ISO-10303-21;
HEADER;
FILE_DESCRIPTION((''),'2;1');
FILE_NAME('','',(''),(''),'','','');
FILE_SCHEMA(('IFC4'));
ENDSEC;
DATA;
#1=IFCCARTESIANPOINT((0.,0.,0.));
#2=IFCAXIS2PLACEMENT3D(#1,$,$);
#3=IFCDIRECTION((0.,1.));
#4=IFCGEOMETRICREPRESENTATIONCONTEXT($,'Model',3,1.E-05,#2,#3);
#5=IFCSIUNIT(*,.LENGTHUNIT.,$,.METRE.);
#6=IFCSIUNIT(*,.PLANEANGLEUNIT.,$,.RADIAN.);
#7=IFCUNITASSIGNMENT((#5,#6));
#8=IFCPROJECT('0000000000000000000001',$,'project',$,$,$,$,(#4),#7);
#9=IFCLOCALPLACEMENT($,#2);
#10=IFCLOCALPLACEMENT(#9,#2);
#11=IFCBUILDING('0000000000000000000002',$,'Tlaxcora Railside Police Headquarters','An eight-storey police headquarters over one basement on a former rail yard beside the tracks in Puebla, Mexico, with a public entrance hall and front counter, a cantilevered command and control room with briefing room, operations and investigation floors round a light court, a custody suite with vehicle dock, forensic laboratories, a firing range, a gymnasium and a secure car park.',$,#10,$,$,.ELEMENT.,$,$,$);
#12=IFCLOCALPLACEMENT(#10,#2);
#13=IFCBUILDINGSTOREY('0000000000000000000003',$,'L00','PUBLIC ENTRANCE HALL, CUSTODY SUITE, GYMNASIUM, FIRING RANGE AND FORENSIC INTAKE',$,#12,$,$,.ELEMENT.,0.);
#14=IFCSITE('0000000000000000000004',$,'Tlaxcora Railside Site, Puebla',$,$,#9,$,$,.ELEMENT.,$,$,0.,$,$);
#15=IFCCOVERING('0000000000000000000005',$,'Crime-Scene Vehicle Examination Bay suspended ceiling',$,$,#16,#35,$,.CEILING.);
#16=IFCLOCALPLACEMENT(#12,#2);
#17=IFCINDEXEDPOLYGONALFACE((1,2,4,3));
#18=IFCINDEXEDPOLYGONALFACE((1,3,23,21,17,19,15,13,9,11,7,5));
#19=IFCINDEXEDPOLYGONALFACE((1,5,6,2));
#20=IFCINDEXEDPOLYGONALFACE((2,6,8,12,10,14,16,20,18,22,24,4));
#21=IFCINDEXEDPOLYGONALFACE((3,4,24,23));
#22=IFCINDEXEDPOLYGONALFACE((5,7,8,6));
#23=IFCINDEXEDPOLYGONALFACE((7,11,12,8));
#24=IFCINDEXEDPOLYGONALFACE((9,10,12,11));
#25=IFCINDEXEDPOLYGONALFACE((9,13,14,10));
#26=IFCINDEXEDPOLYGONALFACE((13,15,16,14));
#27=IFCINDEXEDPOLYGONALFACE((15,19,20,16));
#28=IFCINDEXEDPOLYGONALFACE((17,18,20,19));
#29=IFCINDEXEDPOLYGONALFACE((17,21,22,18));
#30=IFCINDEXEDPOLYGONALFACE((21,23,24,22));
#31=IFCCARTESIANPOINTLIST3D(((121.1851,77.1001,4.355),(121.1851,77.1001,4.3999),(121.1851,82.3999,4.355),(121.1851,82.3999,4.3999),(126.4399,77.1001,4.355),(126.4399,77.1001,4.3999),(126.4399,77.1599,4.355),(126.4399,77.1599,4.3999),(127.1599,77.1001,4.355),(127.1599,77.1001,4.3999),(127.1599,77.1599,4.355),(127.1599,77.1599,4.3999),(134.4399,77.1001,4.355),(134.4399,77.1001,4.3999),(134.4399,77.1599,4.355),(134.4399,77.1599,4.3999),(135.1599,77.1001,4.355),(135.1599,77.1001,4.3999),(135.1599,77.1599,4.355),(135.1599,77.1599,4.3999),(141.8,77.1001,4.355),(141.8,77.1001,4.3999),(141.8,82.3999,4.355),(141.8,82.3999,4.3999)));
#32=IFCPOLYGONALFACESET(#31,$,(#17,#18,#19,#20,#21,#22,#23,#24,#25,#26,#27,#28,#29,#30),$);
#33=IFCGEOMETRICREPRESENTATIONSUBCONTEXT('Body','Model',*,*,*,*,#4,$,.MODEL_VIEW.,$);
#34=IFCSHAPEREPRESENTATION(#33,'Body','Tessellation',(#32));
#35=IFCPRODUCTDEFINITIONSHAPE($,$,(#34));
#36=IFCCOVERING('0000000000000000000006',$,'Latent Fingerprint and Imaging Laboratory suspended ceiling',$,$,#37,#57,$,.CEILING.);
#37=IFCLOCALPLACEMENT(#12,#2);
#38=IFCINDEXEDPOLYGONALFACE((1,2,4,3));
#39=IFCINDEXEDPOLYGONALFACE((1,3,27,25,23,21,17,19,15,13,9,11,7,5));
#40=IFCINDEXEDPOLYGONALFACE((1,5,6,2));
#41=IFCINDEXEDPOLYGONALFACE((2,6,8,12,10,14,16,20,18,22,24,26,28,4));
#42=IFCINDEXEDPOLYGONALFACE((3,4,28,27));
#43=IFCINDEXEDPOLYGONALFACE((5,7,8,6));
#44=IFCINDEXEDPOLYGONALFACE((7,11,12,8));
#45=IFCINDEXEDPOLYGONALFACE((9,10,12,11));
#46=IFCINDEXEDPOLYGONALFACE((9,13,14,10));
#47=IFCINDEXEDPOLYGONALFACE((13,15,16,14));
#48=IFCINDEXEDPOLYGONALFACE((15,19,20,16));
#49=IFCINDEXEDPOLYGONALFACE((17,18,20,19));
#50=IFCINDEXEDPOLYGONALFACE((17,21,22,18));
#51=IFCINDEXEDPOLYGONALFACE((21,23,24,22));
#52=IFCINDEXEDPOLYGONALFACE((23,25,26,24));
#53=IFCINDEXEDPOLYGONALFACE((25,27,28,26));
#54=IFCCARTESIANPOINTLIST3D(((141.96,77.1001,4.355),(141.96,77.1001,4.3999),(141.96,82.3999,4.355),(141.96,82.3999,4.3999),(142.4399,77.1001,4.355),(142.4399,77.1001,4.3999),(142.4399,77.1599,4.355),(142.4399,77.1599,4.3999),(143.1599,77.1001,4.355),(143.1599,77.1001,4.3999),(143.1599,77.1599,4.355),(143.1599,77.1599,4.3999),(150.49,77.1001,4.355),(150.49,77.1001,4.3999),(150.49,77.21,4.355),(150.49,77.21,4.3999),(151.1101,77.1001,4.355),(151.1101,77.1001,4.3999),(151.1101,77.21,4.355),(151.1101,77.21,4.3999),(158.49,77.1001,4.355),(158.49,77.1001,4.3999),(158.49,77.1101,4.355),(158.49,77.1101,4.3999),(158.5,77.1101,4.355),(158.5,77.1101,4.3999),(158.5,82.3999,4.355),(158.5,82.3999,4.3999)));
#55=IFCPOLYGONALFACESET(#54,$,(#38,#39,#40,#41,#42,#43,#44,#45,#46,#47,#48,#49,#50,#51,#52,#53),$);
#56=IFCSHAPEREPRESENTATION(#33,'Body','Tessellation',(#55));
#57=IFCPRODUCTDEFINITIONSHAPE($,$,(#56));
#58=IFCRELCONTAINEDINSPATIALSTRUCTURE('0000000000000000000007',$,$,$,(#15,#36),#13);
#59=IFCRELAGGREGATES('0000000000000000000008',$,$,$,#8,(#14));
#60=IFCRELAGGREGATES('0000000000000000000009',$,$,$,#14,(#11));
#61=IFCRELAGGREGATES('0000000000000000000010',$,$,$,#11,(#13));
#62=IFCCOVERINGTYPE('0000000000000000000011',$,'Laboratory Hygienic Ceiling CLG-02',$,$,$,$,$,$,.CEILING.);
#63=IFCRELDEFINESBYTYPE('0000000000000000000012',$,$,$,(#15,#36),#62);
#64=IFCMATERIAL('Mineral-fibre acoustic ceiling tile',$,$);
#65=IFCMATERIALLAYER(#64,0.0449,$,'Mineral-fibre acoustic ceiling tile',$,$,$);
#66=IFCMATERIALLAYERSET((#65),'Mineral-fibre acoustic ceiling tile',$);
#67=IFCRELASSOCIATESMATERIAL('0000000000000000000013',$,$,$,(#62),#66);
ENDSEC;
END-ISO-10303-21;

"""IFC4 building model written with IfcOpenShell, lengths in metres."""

from ifc_helpers import new_model, si_unit, direction, frame, origin, place, context, subcontext, project, spatial, polyline, outline, extrude, material, layer, layer_set, type_object, element, save


model = new_model("IFC4")

# Units and contexts
model_context = context("Model", 3, precision=1e-05, world=origin(), true_north=direction((0.0, 1.0)))
body_context = subcontext(model_context, "Body", "Model", "MODEL_VIEW")
ifc_project = project(units=[si_unit("LENGTHUNIT", "METRE"), si_unit("PLANEANGLEUNIT", "RADIAN")], contexts=[model_context])

# Site, building, storey
site_placement = place(None, origin())
site = spatial("IfcSite", under=ifc_project, at=site_placement, Name="Tlaxcora Railside Site, Puebla", CompositionType="ELEMENT", RefElevation=0.0)
building_placement = place(site_placement, origin())
building = spatial("IfcBuilding", under=site, at=building_placement, Name="Tlaxcora Railside Police Headquarters", Description="An eight-storey police headquarters over one basement on a former rail yard beside the tracks in Puebla, Mexico, with a public entrance hall and front counter, a cantilevered command and control room with briefing room, operations and investigation floors round a light court, a custody suite with vehicle dock, forensic laboratories, a firing range, a gymnasium and a secure car park.", CompositionType="ELEMENT")
storey_placement = place(building_placement, origin())
storey = spatial("IfcBuildingStorey", under=building, at=storey_placement, Name="L00", Description="PUBLIC ENTRANCE HALL, CUSTODY SUITE, GYMNASIUM, FIRING RANGE AND FORENSIC INTAKE", CompositionType="ELEMENT", Elevation=0.0)

# Coverings
ifc_material_1 = material(Name="Mineral-fibre acoustic ceiling tile")
ifc_layer_1 = layer(ifc_material_1, 0.0449, Name="Mineral-fibre acoustic ceiling tile")
ifc_layer_set_1 = layer_set([ifc_layer_1], Name="Mineral-fibre acoustic ceiling tile")
covering_type_1 = type_object("IfcCoveringType", Name="Laboratory Hygienic Ceiling CLG-02", PredefinedType="CEILING", material=ifc_layer_set_1)
covering_1_placement = place(storey_placement, frame((0.0, 0.0, 4.355)))
element("IfcCovering", 1, at=covering_1_placement, inside=storey, type_object=covering_type_1, Name="Crime-Scene Vehicle Examination Bay suspended ceiling", PredefinedType="CEILING", context=body_context, shape_type="SweptSolid", body=[
    extrude(outline(polyline([(121.1851, 82.3999), (121.1851, 77.1001), (126.4399, 77.1001), (126.4399, 77.1599), (127.1599, 77.1599), (127.1599, 77.1001), (134.4399, 77.1001), (134.4399, 77.1599), (135.1599, 77.1599), (135.1599, 77.1001), (141.8, 77.1001), (141.8, 82.3999), (121.1851, 82.3999)])), origin(), (0.0, 0.0, 1.0), 0.0449),
])
covering_2_placement = place(storey_placement, frame((0.0, 0.0, 4.355)))
element("IfcCovering", 2, at=covering_2_placement, inside=storey, type_object=covering_type_1, Name="Latent Fingerprint and Imaging Laboratory suspended ceiling", PredefinedType="CEILING", context=body_context, shape_type="SweptSolid", body=[
    extrude(outline(polyline([(158.5, 82.3999), (141.96, 82.3999), (141.96, 77.1001), (142.4399, 77.1001), (142.4399, 77.1599), (143.1599, 77.1599), (143.1599, 77.1001), (150.49, 77.1001), (150.49, 77.21), (151.1101, 77.21), (151.1101, 77.1001), (158.49, 77.1001), (158.49, 77.1101), (158.5, 77.1101), (158.5, 82.3999)])), origin(), (0.0, 0.0, 1.0), 0.0449),
])

save(model, "model.ifc")
